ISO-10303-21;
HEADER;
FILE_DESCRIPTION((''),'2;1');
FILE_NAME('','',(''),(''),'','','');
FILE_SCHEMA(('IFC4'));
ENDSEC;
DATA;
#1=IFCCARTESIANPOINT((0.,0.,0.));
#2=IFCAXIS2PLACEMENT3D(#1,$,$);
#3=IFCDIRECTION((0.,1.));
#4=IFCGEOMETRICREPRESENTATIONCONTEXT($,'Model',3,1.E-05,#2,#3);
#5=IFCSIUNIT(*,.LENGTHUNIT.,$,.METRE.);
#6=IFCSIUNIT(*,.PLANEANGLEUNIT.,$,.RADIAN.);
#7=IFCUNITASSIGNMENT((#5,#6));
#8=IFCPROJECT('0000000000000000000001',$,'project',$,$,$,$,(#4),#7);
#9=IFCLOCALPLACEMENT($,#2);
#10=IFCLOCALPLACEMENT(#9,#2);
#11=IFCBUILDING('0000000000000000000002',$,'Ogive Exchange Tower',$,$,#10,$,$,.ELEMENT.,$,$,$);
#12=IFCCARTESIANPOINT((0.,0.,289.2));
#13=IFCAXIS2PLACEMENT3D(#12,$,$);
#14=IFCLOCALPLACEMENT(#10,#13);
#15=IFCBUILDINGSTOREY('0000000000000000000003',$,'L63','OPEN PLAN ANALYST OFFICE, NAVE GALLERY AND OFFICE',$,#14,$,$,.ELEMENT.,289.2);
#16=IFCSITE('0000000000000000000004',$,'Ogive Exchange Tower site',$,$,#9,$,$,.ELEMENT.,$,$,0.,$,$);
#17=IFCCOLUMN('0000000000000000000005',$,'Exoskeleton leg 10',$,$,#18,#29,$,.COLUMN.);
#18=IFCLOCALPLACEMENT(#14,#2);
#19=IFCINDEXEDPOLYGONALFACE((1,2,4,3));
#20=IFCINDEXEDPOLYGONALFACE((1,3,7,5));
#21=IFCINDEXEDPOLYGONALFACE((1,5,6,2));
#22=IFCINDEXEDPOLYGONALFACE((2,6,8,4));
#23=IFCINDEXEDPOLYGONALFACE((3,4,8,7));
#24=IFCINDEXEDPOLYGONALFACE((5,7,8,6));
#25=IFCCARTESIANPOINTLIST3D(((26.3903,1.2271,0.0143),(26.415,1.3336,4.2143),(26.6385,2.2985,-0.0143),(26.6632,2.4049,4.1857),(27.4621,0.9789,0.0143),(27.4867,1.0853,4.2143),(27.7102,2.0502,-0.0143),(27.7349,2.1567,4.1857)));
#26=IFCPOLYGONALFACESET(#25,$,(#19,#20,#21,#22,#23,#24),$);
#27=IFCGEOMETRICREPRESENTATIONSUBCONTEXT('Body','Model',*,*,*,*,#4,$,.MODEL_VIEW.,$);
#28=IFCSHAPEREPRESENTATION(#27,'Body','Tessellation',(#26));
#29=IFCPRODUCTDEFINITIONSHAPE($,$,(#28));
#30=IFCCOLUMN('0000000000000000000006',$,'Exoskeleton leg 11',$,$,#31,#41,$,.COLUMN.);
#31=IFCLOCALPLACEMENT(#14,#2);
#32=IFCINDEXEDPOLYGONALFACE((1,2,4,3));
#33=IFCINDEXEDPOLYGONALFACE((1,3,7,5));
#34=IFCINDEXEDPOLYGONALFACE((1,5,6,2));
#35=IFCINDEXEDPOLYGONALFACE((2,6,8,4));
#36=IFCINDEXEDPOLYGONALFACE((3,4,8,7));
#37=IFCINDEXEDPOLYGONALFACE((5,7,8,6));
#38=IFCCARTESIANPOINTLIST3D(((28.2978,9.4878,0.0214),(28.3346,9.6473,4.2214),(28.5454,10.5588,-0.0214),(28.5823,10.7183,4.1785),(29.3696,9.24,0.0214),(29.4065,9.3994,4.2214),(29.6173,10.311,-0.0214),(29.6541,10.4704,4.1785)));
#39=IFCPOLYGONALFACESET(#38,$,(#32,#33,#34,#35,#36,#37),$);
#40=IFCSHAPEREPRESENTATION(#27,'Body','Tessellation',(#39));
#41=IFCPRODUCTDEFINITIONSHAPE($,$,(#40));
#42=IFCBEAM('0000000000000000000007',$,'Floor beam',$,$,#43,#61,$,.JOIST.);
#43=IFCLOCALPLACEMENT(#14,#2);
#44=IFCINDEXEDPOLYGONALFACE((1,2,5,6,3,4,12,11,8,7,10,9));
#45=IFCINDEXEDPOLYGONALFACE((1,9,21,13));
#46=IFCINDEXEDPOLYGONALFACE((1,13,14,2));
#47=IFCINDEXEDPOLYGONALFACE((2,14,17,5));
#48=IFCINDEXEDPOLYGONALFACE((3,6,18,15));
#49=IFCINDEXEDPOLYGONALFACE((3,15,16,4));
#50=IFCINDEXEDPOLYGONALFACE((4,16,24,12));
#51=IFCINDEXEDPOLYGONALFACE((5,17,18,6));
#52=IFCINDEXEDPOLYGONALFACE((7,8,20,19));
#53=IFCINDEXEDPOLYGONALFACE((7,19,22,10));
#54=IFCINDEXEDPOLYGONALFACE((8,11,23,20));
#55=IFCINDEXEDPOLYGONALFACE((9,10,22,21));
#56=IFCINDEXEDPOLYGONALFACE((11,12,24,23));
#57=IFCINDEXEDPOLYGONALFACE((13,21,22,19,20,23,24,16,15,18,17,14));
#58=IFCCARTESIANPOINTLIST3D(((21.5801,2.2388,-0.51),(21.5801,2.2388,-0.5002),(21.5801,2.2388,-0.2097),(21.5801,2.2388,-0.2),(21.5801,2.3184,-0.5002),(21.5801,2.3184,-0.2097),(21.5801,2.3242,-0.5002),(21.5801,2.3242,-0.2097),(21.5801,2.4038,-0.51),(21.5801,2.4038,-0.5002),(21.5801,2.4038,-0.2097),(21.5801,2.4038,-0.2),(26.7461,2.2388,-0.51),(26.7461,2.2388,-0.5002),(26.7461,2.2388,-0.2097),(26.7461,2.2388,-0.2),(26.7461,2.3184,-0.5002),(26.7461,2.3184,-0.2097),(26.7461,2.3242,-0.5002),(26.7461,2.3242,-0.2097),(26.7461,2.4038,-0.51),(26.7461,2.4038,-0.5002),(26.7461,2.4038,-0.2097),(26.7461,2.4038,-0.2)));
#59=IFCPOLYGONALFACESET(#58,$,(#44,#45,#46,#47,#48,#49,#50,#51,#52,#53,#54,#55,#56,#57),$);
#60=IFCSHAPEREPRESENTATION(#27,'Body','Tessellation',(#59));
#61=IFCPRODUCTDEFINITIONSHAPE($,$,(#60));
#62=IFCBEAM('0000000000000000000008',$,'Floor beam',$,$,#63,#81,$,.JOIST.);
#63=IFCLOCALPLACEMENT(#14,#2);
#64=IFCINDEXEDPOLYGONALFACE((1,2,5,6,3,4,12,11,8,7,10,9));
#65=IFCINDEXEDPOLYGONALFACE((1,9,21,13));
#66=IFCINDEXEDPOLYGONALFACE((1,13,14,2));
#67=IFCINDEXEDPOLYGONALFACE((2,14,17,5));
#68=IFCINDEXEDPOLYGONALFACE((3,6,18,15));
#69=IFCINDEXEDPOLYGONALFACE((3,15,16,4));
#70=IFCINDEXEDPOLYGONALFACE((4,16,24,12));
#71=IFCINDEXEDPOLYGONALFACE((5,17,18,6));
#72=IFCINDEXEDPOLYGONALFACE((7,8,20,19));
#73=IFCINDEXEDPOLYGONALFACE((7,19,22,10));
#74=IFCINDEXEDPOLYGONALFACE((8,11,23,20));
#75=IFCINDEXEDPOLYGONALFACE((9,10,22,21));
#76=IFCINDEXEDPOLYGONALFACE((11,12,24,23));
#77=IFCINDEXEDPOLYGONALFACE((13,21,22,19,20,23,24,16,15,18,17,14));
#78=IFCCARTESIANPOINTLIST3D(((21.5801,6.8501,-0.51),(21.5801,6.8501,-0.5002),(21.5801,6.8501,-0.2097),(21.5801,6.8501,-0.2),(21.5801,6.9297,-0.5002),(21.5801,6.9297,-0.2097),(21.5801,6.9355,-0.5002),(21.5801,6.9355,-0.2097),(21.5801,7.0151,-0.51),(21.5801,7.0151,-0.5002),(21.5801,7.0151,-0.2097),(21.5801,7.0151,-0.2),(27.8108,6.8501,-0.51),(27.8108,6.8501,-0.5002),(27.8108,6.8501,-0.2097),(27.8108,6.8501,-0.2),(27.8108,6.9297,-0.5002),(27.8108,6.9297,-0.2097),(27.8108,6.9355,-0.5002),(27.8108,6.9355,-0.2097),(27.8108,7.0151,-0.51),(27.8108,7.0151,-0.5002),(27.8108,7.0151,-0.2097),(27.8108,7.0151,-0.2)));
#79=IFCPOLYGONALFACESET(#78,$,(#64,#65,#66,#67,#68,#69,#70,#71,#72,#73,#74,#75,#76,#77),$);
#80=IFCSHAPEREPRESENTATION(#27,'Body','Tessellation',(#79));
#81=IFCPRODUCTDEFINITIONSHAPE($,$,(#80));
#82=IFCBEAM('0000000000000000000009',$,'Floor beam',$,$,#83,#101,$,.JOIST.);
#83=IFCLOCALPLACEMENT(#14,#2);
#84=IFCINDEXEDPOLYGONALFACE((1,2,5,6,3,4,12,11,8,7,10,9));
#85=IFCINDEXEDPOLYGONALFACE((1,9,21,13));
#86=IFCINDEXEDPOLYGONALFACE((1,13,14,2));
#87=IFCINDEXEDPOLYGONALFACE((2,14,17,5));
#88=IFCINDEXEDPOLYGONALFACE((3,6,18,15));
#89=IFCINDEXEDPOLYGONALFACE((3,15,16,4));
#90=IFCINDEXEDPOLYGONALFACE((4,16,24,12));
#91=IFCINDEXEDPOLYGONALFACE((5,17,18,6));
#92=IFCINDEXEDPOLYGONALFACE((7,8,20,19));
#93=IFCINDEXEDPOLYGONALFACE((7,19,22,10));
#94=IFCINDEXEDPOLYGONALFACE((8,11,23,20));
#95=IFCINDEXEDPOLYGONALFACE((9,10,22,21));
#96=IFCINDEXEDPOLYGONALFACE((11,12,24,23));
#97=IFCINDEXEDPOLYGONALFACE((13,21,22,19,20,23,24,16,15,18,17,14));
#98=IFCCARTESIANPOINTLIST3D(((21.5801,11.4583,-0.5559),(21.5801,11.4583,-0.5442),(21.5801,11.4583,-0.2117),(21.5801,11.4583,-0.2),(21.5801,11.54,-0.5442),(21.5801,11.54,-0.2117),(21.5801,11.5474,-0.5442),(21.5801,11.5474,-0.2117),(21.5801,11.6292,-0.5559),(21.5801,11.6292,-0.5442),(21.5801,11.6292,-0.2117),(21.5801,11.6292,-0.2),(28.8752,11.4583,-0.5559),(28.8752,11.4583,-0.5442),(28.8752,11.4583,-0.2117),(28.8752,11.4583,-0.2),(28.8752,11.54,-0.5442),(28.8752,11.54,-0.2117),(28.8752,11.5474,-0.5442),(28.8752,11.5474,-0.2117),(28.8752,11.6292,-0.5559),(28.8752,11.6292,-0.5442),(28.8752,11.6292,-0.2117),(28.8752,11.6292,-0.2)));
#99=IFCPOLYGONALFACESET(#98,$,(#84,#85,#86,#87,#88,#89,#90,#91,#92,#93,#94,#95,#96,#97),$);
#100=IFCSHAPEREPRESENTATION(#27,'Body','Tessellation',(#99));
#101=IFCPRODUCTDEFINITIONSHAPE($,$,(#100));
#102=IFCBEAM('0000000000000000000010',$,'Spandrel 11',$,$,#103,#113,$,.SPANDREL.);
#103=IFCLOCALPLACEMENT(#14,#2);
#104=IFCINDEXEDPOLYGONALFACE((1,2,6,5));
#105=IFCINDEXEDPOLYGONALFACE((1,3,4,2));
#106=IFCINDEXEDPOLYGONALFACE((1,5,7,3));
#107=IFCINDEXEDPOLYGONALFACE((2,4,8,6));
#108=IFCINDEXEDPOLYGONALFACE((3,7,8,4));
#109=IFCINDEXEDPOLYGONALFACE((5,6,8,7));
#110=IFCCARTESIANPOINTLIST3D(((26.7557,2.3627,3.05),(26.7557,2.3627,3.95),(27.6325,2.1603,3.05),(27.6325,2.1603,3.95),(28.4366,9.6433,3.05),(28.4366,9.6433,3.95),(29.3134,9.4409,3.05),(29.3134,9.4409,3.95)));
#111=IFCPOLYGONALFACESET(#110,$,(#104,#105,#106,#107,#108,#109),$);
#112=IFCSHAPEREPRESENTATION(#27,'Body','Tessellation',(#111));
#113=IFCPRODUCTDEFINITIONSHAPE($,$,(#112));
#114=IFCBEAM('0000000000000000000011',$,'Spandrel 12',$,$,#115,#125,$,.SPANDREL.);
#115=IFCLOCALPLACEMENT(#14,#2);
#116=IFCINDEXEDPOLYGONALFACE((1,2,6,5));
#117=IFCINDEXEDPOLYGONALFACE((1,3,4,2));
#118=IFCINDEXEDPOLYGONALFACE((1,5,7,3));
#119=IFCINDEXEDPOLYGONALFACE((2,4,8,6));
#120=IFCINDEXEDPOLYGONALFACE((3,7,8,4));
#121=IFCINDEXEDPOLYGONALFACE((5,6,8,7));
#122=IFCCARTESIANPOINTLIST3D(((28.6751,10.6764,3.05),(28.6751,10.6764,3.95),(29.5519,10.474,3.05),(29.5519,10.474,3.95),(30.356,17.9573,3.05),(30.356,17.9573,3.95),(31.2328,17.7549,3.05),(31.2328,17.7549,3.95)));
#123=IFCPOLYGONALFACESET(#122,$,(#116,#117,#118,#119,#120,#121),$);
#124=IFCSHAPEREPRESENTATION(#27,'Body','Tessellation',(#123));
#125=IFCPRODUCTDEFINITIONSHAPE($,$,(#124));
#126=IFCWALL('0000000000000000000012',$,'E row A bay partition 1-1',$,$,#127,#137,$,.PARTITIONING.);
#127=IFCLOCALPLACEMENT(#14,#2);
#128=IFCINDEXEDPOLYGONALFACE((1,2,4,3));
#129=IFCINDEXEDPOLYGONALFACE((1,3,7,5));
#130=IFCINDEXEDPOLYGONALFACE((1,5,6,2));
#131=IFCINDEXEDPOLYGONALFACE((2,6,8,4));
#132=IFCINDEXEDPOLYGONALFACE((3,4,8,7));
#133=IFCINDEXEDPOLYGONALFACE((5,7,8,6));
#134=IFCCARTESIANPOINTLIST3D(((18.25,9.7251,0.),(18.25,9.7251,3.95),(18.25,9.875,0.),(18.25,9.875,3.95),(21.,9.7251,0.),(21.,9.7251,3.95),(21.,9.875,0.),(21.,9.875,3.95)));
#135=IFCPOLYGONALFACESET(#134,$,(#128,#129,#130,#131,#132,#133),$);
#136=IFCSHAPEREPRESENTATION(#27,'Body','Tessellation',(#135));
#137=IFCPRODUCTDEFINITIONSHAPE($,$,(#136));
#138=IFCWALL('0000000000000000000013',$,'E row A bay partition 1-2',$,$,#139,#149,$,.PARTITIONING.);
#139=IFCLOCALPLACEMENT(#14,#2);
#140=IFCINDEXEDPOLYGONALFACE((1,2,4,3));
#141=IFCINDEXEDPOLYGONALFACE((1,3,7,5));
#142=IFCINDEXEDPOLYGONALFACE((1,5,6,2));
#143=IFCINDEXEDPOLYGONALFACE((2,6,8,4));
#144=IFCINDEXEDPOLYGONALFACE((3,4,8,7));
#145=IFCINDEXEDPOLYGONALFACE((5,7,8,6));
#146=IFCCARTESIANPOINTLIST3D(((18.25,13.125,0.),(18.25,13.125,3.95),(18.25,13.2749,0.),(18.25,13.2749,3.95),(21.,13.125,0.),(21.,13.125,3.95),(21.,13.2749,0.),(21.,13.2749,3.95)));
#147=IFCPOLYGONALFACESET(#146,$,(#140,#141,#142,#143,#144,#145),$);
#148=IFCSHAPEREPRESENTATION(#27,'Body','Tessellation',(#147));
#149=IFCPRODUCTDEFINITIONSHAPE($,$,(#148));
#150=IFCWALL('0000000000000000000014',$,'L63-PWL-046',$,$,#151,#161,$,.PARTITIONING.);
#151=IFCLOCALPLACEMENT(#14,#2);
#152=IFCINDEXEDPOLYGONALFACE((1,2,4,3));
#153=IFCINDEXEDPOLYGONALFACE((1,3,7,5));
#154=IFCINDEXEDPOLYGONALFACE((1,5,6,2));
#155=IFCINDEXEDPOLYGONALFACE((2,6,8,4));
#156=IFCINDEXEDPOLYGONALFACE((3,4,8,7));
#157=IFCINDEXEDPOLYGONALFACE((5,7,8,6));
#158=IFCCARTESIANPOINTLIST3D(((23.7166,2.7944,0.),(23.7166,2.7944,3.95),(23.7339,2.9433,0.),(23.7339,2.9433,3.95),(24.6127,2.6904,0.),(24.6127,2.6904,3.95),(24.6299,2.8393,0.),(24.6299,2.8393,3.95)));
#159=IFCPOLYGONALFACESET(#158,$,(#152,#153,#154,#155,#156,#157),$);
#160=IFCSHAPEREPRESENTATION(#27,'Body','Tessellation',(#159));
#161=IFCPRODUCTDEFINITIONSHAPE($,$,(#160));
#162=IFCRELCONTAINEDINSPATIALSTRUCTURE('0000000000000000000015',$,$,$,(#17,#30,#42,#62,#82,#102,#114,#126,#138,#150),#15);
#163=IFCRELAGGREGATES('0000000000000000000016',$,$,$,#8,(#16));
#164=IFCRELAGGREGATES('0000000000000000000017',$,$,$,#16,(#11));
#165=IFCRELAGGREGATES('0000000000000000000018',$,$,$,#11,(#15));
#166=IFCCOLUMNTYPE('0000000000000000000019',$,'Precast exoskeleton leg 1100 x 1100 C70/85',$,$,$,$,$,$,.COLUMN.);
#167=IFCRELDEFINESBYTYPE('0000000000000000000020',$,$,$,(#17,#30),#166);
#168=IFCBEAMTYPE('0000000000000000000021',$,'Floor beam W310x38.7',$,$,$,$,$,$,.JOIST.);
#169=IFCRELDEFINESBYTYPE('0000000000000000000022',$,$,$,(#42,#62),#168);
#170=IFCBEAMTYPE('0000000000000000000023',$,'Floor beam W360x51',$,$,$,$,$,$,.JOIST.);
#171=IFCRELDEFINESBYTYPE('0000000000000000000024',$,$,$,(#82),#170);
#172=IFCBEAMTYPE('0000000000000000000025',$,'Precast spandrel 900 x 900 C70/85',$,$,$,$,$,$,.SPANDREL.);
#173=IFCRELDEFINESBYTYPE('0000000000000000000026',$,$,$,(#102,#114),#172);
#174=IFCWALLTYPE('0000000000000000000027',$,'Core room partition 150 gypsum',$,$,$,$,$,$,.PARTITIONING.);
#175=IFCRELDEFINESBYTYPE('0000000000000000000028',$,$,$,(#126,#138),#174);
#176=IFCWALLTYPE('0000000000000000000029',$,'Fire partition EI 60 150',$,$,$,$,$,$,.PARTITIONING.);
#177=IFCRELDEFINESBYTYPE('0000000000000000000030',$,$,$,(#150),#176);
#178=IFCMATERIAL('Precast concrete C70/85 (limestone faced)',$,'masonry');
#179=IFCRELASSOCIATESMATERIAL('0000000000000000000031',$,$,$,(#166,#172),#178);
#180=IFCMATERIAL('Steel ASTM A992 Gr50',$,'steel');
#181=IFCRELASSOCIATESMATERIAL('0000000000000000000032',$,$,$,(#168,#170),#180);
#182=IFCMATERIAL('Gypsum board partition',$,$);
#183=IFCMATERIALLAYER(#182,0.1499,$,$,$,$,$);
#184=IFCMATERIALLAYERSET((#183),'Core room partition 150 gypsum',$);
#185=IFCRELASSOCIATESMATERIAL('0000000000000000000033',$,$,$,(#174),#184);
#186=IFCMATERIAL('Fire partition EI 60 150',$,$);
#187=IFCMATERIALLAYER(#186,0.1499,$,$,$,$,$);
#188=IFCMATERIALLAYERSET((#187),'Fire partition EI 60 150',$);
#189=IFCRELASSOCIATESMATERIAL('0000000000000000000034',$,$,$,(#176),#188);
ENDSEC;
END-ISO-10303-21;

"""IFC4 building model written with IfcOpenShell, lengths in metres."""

from ifc_helpers import new_model, si_unit, direction, frame, frame_2d, origin, origin_2d, place, context, subcontext, project, spatial, rectangle, i_section, extrude, material, layer, layer_set, material_profile, profile_set, type_object, element, save


model = new_model("IFC4")

# Units and contexts
model_context = context("Model", 3, precision=1e-05, world=origin(), true_north=direction((0.0, 1.0)))
body_context = subcontext(model_context, "Body", "Model", "MODEL_VIEW")
ifc_project = project(units=[si_unit("LENGTHUNIT", "METRE"), si_unit("PLANEANGLEUNIT", "RADIAN")], contexts=[model_context])

# Site, building, storey
site_placement = place(None, origin())
site = spatial("IfcSite", under=ifc_project, at=site_placement, Name="Ogive Exchange Tower site", CompositionType="ELEMENT", RefElevation=0.0)
building_placement = place(site_placement, origin())
building = spatial("IfcBuilding", under=site, at=building_placement, Name="Ogive Exchange Tower", CompositionType="ELEMENT")
storey_placement = place(building_placement, frame((0.0, 0.0, 289.2)))
storey = spatial("IfcBuildingStorey", under=building, at=storey_placement, Name="L63", Description="OPEN PLAN ANALYST OFFICE, NAVE GALLERY AND OFFICE", CompositionType="ELEMENT", Elevation=289.2)

# Columns
ifc_material_1 = material(Name="Precast concrete C70/85 (limestone faced)", Category="masonry")
ifc_material_profile_1 = material_profile(ifc_material_1, rectangle(XDim=1.1001, YDim=1.1001, at=origin_2d()), Name="1100 x 1100")
ifc_profile_set_1 = profile_set([ifc_material_profile_1], Name="Precast concrete C70/85 (limestone faced)")
column_type = type_object("IfcColumnType", Name="Precast exoskeleton leg 1100 x 1100 C70/85", PredefinedType="COLUMN", material=ifc_profile_set_1)
column_1_placement = place(storey_placement, frame((27.0503, 1.6387, 0.0), z_axis=(0.005869, 0.025336, 0.999662), x_axis=(-0.974203, 0.225675, 0.0)))
element("IfcColumn", 1, at=column_1_placement, inside=storey, type_object=column_type, Name="Exoskeleton leg 10", PredefinedType="COLUMN", context=body_context, shape_type="SweptSolid", body=[
    extrude(rectangle(XDim=1.1001, YDim=1.1001, at=origin_2d()), origin(), (0.0, 0.0, 1.0), 4.2014),
])
column_2_placement = place(storey_placement, frame((28.9575, 9.8994, 0.0), z_axis=(0.008771, 0.03793, 0.999242), x_axis=(-0.974291, 0.225295, 0.0)))
element("IfcColumn", 2, at=column_2_placement, inside=storey, type_object=column_type, Name="Exoskeleton leg 11", PredefinedType="COLUMN", context=body_context, shape_type="SweptSolid", body=[
    extrude(rectangle(XDim=1.1001, YDim=1.1001, at=origin_2d()), origin(), (0.0, 0.0, 1.0), 4.2031),
])

# Beams
ifc_material_2 = material(Name="Steel ASTM A992 Gr50", Category="steel")
ifc_material_profile_2 = material_profile(ifc_material_2, i_section(OverallWidth=0.165, OverallDepth=0.3101, WebThickness=0.0059, FlangeThickness=0.0098, at=origin_2d()), Name="W310x38.7")
ifc_profile_set_2 = profile_set([ifc_material_profile_2], Name="Steel ASTM A992 Gr50")
beam_type_1 = type_object("IfcBeamType", Name="Floor beam W310x38.7", PredefinedType="JOIST", material=ifc_profile_set_2)
beam_1_placement = place(storey_placement, frame((21.5801, 2.3213, -0.355), z_axis=(1.0, 0.0, 0.0), x_axis=(0.0, 1.0, 0.0)))
element("IfcBeam", 3, at=beam_1_placement, inside=storey, type_object=beam_type_1, Name="Floor beam", PredefinedType="JOIST", context=body_context, shape_type="SweptSolid", body=[
    extrude(i_section(OverallWidth=0.165, OverallDepth=0.3101, WebThickness=0.0059, FlangeThickness=0.0098, at=origin_2d()), origin(), (0.0, 0.0, 1.0), 5.166),
])
beam_2_placement = place(storey_placement, frame((21.5801, 6.9326, -0.355), z_axis=(1.0, 0.0, 0.0), x_axis=(0.0, 1.0, 0.0)))
element("IfcBeam", 4, at=beam_2_placement, inside=storey, type_object=beam_type_1, Name="Floor beam", PredefinedType="JOIST", context=body_context, shape_type="SweptSolid", body=[
    extrude(i_section(OverallWidth=0.165, OverallDepth=0.3101, WebThickness=0.0059, FlangeThickness=0.0098, at=origin_2d()), origin(), (0.0, 0.0, 1.0), 6.2307),
])
ifc_material_profile_3 = material_profile(ifc_material_2, i_section(OverallWidth=0.1709, OverallDepth=0.356, WebThickness=0.0073, FlangeThickness=0.0117, at=origin_2d()), Name="W360x51")
ifc_profile_set_3 = profile_set([ifc_material_profile_3], Name="Steel ASTM A992 Gr50")
beam_type_2 = type_object("IfcBeamType", Name="Floor beam W360x51", PredefinedType="JOIST", material=ifc_profile_set_3)
beam_3_placement = place(storey_placement, frame((21.5801, 11.5437, -0.3779), z_axis=(1.0, 0.0, 0.0), x_axis=(0.0, 1.0, 0.0)))
element("IfcBeam", 5, at=beam_3_placement, inside=storey, type_object=beam_type_2, Name="Floor beam", PredefinedType="JOIST", context=body_context, shape_type="SweptSolid", body=[
    extrude(i_section(OverallWidth=0.1709, OverallDepth=0.356, WebThickness=0.0073, FlangeThickness=0.0117, at=origin_2d()), origin(), (0.0, 0.0, 1.0), 7.2952),
])
ifc_material_profile_4 = material_profile(ifc_material_1, rectangle(XDim=0.8999, YDim=0.8999, at=origin_2d()), Name="900 x 900")
ifc_profile_set_4 = profile_set([ifc_material_profile_4], Name="Precast concrete C70/85 (limestone faced)")
beam_type_3 = type_object("IfcBeamType", Name="Precast spandrel 900 x 900 C70/85", PredefinedType="SPANDREL", material=ifc_profile_set_4)
beam_4_placement = place(storey_placement, frame((27.1941, 2.2615, 3.5), z_axis=(0.224953, 0.97437, 0.0), x_axis=(-0.97437, 0.224953, 0.0)))
element("IfcBeam", 6, at=beam_4_placement, inside=storey, type_object=beam_type_3, Name="Spandrel 11", PredefinedType="SPANDREL", context=body_context, shape_type="SweptSolid", body=[
    extrude(rectangle(XDim=0.8999, YDim=0.8999, at=origin_2d()), origin(), (0.0, 0.0, 1.0), 7.4722),
])
beam_5_placement = place(storey_placement, frame((29.1135, 10.5752, 3.5), z_axis=(0.224945, 0.974371, 0.0), x_axis=(-0.974371, 0.224945, 0.0)))
element("IfcBeam", 7, at=beam_5_placement, inside=storey, type_object=beam_type_3, Name="Spandrel 12", PredefinedType="SPANDREL", context=body_context, shape_type="SweptSolid", body=[
    extrude(rectangle(XDim=0.8999, YDim=0.8999, at=origin_2d()), origin(), (0.0, 0.0, 1.0), 7.4724),
])

# Walls
ifc_material_3 = material(Name="Gypsum board partition")
ifc_layer_1 = layer(ifc_material_3, 0.1499)
ifc_layer_set_1 = layer_set([ifc_layer_1], Name="Core room partition 150 gypsum")
wall_type_1 = type_object("IfcWallType", Name="Core room partition 150 gypsum", PredefinedType="PARTITIONING", material=ifc_layer_set_1)
for number, where, z_axis, x_axis, name in (
    (8, (18.25, 9.8, 0.0), (0.0, 0.0, 1.0), (1.0, 0.0, 0.0), "E row A bay partition 1-1"),
    (9, (18.25, 13.2, 0.0), (0.0, 0.0, 1.0), (1.0, 0.0, 0.0), "E row A bay partition 1-2"),
):
    element("IfcWall", number, at=place(storey_placement, frame(where, z_axis=z_axis, x_axis=x_axis)), inside=storey, type_object=wall_type_1, Name=name, PredefinedType="PARTITIONING", context=body_context, shape_type="SweptSolid", body=[
        extrude(rectangle(XDim=2.75, YDim=0.1499, at=frame_2d((1.375, 0.0))), origin(), (0.0, 0.0, 1.0), 3.95),
    ])
ifc_material_4 = material(Name="Fire partition EI 60 150")
ifc_layer_2 = layer(ifc_material_4, 0.1499)
ifc_layer_set_2 = layer_set([ifc_layer_2], Name="Fire partition EI 60 150")
wall_type_2 = type_object("IfcWallType", Name="Fire partition EI 60 150", PredefinedType="PARTITIONING", material=ifc_layer_set_2)
wall_1_placement = place(storey_placement, frame((23.7251, 2.8689, 0.0), z_axis=(0.0, 0.0, 1.0), x_axis=(0.99333, -0.115302, 0.0)))
element("IfcWall", 10, at=wall_1_placement, inside=storey, type_object=wall_type_2, Name="L63-PWL-046", PredefinedType="PARTITIONING", context=body_context, shape_type="SweptSolid", body=[
    extrude(rectangle(XDim=0.9021, YDim=0.1499, at=frame_2d((0.4512, 0.0))), origin(), (0.0, 0.0, 1.0), 3.95),
])

save(model, "model.ifc")
